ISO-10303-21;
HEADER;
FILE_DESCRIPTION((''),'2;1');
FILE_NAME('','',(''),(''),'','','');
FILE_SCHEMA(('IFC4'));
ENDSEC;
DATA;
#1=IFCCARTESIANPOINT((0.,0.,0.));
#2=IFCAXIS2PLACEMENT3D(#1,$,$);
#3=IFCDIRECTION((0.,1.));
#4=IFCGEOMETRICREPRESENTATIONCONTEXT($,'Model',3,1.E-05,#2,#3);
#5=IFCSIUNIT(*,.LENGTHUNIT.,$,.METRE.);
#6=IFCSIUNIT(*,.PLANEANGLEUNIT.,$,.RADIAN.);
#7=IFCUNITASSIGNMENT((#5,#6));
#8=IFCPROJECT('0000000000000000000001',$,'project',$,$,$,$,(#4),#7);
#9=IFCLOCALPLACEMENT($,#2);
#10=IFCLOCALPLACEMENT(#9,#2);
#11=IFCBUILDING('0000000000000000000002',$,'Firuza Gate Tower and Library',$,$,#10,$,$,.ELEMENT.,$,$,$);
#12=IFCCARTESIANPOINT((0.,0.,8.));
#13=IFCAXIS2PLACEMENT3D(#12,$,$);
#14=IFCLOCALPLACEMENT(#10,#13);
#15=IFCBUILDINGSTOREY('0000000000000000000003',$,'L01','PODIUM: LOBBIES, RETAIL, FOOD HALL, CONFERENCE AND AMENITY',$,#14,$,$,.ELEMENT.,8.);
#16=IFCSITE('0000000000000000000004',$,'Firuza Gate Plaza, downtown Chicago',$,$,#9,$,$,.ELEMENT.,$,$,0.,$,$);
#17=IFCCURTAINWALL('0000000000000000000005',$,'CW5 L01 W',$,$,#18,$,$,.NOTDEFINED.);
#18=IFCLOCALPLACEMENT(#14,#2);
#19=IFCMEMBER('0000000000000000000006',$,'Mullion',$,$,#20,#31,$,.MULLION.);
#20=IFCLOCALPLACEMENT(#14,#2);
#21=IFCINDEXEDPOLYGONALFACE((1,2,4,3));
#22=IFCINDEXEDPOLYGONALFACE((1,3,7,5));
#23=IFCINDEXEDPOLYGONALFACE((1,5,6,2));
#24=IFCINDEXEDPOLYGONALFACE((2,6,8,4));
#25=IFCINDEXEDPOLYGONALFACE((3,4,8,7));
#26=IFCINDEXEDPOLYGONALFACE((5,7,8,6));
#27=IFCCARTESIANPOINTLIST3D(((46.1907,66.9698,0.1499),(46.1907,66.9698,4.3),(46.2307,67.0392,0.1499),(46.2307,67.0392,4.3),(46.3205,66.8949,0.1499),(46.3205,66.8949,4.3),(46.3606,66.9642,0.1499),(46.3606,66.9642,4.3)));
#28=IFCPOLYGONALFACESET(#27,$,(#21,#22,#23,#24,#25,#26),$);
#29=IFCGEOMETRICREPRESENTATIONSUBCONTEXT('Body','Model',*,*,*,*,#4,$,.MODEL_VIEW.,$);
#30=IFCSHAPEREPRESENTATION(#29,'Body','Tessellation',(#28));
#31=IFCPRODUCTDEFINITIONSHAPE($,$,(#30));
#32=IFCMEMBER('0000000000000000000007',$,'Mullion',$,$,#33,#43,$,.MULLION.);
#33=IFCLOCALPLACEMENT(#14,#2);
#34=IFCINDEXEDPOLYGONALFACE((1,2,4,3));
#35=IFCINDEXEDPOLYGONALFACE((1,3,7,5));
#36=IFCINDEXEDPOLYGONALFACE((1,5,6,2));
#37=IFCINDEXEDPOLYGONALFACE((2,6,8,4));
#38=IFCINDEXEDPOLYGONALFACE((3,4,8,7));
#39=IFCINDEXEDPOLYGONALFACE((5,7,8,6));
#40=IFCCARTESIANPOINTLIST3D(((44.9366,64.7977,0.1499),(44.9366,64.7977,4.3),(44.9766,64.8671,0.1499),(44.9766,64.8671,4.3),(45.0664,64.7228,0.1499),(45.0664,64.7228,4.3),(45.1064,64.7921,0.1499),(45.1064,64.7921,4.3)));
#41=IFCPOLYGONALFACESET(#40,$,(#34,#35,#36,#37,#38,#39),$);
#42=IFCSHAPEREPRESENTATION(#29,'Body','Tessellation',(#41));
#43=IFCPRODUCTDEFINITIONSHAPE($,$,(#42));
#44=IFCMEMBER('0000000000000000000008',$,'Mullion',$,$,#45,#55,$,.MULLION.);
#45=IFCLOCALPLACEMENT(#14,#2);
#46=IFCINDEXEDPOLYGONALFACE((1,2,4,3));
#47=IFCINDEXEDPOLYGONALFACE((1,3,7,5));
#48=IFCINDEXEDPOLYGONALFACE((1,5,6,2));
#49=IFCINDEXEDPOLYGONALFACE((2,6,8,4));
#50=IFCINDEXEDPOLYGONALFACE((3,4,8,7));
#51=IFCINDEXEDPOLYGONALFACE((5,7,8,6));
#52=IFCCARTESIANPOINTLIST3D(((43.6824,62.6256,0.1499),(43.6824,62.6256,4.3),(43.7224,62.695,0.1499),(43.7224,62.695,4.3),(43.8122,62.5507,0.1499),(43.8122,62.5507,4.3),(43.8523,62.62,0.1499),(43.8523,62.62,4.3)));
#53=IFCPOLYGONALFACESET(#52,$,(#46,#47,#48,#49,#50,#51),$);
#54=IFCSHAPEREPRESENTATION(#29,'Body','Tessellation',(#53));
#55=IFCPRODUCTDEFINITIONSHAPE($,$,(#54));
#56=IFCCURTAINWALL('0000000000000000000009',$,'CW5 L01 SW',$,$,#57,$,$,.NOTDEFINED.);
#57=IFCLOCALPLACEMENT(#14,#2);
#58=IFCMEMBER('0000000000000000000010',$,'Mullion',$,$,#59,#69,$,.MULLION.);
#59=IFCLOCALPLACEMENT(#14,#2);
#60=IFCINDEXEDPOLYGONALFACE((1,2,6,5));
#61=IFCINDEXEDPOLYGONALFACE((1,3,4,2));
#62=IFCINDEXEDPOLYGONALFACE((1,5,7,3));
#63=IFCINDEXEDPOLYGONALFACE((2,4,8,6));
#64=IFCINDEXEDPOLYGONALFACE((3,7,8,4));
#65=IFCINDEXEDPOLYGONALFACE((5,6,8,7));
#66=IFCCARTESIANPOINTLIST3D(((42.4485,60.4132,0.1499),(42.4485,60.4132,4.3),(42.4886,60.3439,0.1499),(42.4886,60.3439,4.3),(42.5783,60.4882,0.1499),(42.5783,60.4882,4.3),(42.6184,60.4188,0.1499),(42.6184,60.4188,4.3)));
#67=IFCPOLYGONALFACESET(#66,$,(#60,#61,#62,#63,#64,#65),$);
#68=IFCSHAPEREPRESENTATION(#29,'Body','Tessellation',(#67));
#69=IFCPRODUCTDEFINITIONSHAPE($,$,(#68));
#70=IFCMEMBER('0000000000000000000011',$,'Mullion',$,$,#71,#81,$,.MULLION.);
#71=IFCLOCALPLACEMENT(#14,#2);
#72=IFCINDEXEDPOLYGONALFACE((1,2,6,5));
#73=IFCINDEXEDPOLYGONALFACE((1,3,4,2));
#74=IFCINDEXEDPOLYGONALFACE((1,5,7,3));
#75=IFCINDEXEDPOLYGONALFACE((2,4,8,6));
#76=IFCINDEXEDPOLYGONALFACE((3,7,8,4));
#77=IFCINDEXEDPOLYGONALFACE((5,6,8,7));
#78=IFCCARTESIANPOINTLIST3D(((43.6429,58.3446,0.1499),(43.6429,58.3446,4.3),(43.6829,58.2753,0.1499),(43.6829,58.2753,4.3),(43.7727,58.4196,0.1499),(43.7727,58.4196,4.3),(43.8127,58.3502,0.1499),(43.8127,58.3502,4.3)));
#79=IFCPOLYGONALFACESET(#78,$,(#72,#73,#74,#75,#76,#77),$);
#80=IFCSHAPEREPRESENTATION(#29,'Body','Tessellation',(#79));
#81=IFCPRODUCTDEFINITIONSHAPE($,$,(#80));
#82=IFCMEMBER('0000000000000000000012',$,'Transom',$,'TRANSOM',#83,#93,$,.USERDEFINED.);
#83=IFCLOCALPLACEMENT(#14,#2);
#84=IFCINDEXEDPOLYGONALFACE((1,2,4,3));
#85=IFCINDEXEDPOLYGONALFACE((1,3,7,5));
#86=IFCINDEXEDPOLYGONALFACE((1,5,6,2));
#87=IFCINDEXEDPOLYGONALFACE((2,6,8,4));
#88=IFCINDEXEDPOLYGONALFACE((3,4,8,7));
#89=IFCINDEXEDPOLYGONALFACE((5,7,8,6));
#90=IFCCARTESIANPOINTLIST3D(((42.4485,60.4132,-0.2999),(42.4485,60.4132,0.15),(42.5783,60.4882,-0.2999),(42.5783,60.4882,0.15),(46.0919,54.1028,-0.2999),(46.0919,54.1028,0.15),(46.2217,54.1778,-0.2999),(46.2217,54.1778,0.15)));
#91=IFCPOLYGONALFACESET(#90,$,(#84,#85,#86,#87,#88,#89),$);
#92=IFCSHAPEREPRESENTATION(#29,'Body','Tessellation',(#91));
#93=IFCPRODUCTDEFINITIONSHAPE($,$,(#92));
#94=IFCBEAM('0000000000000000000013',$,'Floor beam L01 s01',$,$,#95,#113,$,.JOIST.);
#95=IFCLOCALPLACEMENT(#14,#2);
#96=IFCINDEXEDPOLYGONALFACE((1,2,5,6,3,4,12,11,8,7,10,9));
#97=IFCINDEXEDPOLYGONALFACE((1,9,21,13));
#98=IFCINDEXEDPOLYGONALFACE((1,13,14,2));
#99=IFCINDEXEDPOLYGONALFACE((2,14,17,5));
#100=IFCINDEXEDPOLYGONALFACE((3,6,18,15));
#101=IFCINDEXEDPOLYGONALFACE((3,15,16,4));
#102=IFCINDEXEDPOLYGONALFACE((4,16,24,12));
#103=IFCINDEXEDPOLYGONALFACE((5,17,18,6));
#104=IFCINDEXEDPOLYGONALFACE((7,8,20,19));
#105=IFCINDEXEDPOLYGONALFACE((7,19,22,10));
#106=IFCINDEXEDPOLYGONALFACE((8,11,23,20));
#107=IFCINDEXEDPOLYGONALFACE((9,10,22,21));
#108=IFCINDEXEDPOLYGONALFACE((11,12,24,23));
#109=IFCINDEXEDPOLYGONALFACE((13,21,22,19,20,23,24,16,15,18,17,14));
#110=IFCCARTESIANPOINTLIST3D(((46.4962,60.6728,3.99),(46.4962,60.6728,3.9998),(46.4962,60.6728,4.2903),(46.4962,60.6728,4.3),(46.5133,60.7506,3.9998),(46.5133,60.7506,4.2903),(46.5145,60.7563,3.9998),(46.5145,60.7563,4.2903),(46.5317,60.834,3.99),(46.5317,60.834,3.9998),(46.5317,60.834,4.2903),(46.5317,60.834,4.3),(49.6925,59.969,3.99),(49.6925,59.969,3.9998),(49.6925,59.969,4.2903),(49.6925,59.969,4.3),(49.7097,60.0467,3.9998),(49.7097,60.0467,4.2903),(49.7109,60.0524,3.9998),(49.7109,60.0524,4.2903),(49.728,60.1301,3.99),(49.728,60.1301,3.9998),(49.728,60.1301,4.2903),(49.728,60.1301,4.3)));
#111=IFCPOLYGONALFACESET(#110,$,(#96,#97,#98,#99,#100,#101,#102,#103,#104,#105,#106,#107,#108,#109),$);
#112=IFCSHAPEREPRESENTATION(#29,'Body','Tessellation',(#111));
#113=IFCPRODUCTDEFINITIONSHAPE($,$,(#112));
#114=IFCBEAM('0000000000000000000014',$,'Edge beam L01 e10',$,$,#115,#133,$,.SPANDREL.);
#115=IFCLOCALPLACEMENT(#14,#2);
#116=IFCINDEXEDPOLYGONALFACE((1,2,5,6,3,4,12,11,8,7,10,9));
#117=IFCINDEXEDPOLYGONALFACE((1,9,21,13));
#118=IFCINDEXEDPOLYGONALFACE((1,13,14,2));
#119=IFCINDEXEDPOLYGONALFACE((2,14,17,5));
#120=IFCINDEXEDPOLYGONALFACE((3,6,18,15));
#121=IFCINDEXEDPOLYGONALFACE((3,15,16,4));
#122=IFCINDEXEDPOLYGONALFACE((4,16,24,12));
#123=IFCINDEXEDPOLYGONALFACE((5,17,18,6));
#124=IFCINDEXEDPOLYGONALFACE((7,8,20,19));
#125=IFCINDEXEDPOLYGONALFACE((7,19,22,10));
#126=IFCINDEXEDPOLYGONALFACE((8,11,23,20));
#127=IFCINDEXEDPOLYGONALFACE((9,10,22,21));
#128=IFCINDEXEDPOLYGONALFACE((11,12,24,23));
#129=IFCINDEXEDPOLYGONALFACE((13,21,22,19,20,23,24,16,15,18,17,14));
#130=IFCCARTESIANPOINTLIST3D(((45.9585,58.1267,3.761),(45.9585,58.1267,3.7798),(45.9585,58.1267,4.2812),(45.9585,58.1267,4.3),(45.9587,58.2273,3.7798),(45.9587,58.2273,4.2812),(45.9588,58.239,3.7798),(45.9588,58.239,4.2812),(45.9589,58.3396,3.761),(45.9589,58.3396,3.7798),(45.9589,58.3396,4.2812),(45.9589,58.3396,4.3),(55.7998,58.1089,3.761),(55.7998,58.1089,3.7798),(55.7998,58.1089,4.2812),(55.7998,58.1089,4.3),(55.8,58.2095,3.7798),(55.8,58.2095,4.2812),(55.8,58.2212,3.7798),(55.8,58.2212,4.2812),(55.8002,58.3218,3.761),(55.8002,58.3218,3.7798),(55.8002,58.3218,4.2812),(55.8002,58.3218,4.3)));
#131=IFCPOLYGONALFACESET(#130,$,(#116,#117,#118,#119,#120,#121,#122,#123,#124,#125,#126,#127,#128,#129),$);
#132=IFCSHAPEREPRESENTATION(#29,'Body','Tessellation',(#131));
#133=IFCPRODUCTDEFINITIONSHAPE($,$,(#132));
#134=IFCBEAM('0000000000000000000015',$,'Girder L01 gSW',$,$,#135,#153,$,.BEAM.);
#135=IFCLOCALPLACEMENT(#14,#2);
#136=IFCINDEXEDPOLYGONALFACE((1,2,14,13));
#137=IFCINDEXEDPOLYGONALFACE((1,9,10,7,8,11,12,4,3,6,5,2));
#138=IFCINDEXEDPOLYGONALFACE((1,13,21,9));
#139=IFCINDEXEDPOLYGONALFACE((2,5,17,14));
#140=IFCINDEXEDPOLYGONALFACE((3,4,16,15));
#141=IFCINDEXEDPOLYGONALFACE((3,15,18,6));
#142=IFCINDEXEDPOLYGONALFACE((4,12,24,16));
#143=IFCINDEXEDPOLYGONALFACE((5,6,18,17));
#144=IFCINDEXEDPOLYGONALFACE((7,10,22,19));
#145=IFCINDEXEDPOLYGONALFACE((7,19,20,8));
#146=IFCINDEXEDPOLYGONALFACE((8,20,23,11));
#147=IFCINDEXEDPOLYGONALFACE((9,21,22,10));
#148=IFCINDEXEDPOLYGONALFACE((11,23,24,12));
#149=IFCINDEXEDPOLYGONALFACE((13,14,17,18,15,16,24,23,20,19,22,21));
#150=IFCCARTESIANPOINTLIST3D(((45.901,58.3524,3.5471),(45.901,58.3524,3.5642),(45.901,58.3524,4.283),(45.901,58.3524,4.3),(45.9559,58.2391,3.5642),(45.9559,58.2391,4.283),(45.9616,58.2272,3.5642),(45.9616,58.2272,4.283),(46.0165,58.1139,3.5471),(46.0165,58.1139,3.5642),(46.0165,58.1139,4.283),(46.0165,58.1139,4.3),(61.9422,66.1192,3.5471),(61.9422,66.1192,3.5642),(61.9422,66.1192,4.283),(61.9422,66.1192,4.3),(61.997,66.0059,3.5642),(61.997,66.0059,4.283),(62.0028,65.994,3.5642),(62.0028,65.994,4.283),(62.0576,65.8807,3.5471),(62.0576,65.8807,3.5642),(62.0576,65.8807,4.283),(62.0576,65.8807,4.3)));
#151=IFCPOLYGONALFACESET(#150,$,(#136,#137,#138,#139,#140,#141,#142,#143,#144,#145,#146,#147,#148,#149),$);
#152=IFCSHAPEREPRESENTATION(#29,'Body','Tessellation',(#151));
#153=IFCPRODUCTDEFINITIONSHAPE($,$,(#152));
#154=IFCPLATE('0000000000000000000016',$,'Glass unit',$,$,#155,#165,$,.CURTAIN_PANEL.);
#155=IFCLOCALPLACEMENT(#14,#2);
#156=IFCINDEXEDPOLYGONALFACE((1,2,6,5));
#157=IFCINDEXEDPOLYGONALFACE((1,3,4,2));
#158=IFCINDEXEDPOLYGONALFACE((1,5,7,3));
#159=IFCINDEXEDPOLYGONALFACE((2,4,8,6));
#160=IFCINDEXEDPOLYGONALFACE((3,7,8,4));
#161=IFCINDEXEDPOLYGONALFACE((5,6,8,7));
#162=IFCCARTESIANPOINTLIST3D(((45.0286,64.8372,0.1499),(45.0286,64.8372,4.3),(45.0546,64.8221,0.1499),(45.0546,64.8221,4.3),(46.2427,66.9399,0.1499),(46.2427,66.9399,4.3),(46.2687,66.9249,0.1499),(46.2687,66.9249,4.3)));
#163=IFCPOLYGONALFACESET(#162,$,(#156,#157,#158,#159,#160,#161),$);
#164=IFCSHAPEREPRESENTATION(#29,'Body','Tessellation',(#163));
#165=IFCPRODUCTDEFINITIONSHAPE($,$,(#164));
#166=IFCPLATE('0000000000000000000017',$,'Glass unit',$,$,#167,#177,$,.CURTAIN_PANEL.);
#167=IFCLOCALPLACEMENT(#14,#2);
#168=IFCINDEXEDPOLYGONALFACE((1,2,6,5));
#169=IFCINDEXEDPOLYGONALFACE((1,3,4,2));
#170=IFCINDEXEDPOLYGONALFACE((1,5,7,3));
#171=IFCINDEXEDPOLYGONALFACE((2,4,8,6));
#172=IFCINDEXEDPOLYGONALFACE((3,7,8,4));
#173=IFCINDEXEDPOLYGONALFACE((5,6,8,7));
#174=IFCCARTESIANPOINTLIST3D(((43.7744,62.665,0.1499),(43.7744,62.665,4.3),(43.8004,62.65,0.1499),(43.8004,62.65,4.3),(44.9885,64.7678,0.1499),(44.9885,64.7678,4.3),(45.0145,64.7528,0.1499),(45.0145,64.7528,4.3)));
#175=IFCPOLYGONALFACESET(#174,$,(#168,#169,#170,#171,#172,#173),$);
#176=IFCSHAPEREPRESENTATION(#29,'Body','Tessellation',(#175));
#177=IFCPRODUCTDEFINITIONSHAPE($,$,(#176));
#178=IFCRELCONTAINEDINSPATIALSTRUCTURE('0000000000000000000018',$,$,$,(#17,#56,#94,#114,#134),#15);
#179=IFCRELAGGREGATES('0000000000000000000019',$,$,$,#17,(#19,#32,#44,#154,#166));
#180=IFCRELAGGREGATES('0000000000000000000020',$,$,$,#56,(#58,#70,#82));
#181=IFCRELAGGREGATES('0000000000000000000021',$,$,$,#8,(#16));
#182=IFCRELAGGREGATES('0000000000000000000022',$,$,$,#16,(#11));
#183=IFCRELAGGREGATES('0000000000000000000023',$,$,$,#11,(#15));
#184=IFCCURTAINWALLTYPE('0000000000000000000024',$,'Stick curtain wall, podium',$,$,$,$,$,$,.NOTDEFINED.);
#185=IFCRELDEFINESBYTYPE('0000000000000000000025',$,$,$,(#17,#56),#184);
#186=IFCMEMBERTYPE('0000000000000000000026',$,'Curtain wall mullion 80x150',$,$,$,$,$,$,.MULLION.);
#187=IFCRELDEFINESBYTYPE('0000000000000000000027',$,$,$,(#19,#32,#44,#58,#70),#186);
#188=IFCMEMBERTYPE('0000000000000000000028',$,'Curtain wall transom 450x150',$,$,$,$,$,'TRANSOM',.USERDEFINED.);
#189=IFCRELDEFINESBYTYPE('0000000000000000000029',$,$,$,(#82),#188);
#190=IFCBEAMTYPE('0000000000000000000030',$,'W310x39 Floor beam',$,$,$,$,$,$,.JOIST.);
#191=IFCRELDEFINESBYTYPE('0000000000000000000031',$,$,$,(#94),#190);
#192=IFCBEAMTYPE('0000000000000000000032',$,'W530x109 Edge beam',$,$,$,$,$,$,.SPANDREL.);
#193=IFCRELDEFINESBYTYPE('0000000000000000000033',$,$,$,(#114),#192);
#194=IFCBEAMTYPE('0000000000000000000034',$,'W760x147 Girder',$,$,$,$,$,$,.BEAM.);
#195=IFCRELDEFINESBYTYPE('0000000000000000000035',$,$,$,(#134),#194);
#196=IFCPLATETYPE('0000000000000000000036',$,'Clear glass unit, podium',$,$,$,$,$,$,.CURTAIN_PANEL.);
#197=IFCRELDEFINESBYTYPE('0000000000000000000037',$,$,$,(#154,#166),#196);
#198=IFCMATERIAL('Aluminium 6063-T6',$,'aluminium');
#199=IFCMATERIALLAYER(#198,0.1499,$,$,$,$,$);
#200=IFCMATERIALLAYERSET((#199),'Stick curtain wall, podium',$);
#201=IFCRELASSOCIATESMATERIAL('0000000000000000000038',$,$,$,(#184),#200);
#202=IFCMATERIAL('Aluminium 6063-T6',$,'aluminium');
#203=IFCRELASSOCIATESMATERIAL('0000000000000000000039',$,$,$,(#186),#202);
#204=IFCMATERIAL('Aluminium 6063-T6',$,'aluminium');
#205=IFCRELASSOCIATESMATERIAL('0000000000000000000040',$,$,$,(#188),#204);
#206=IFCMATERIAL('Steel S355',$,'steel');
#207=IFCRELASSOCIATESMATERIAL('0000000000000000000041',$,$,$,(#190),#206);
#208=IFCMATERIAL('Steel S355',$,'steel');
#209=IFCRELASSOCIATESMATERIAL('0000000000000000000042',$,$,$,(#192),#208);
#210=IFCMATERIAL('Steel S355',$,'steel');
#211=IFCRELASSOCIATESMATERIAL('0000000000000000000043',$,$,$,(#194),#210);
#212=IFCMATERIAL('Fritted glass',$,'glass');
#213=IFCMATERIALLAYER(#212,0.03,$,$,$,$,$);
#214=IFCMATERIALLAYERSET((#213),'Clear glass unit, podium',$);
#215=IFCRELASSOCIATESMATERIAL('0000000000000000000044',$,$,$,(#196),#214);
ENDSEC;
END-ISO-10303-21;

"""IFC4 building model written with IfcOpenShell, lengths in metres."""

from ifc_helpers import new_model, si_unit, direction, frame, origin, origin_2d, place, context, subcontext, project, spatial, polyline, rectangle, i_section, outline, extrude, material, layer, layer_set, material_profile, profile_set, type_object, element, aggregate, save


model = new_model("IFC4")

# Units and contexts
model_context = context("Model", 3, precision=1e-05, world=origin(), true_north=direction((0.0, 1.0)))
body_context = subcontext(model_context, "Body", "Model", "MODEL_VIEW")
ifc_project = project(units=[si_unit("LENGTHUNIT", "METRE"), si_unit("PLANEANGLEUNIT", "RADIAN")], contexts=[model_context])

# Site, building, storey
site_placement = place(None, origin())
site = spatial("IfcSite", under=ifc_project, at=site_placement, Name="Firuza Gate Plaza, downtown Chicago", CompositionType="ELEMENT", RefElevation=0.0)
building_placement = place(site_placement, origin())
building = spatial("IfcBuilding", under=site, at=building_placement, Name="Firuza Gate Tower and Library", CompositionType="ELEMENT")
storey_placement = place(building_placement, frame((0.0, 0.0, 8.0)))
storey = spatial("IfcBuildingStorey", under=building, at=storey_placement, Name="L01", Description="PODIUM: LOBBIES, RETAIL, FOOD HALL, CONFERENCE AND AMENITY", CompositionType="ELEMENT", Elevation=8.0)

# Curtain walls, members
ifc_material_1 = material(Name="Aluminium 6063-T6", Category="aluminium")
ifc_layer_1 = layer(ifc_material_1, 0.1499)
ifc_layer_set_1 = layer_set([ifc_layer_1], Name="Stick curtain wall, podium")
curtain_wall_type = type_object("IfcCurtainWallType", Name="Stick curtain wall, podium", PredefinedType="NOTDEFINED", material=ifc_layer_set_1)
placement = place(storey_placement, origin())
curtain_wall_1 = element("IfcCurtainWall", 1, at=placement, inside=storey, type_object=curtain_wall_type, Name="CW5 L01 W", PredefinedType="NOTDEFINED")
ifc_material_2 = material(Name="Aluminium 6063-T6", Category="aluminium")
ifc_material_profile_1 = material_profile(ifc_material_2, rectangle(XDim=0.1499, YDim=0.0801, at=origin_2d()))
ifc_profile_set_1 = profile_set([ifc_material_profile_1], Name="Aluminium 6063-T6")
member_type_1 = type_object("IfcMemberType", Name="Curtain wall mullion 80x150", PredefinedType="MULLION", material=ifc_profile_set_1)
member_1_placement = place(storey_placement, frame((46.2756, 66.967, 0.1499), z_axis=(0.0, 0.0, 1.0), x_axis=(0.866025, -0.5, 0.0)))
member_1 = element("IfcMember", 2, at=member_1_placement, type_object=member_type_1, Name="Mullion", PredefinedType="MULLION", context=body_context, shape_type="SweptSolid", body=[
    extrude(rectangle(XDim=0.1499, YDim=0.0801, at=origin_2d()), origin(), (0.0, 0.0, 1.0), 4.1501),
])
member_2_placement = place(storey_placement, frame((45.0215, 64.7949, 0.1499), z_axis=(0.0, 0.0, 1.0), x_axis=(0.866025, -0.5, 0.0)))
member_2 = element("IfcMember", 3, at=member_2_placement, type_object=member_type_1, Name="Mullion", PredefinedType="MULLION", context=body_context, shape_type="SweptSolid", body=[
    extrude(rectangle(XDim=0.1499, YDim=0.0801, at=origin_2d()), origin(), (0.0, 0.0, 1.0), 4.1501),
])
member_3_placement = place(storey_placement, frame((43.7673, 62.6228, 0.1499), z_axis=(0.0, 0.0, 1.0), x_axis=(0.866025, -0.5, 0.0)))
member_3 = element("IfcMember", 4, at=member_3_placement, type_object=member_type_1, Name="Mullion", PredefinedType="MULLION", context=body_context, shape_type="SweptSolid", body=[
    extrude(rectangle(XDim=0.1499, YDim=0.0801, at=origin_2d()), origin(), (0.0, 0.0, 1.0), 4.1501),
])
curtain_wall_2 = element("IfcCurtainWall", 5, at=placement, inside=storey, type_object=curtain_wall_type, Name="CW5 L01 SW", PredefinedType="NOTDEFINED")
member_4_placement = place(storey_placement, frame((42.5334, 60.416, 0.1499), z_axis=(0.0, 0.0, 1.0), x_axis=(0.866025, 0.5, 0.0)))
member_4 = element("IfcMember", 6, at=member_4_placement, type_object=member_type_1, Name="Mullion", PredefinedType="MULLION", context=body_context, shape_type="SweptSolid", body=[
    extrude(rectangle(XDim=0.1499, YDim=0.0801, at=origin_2d()), origin(), (0.0, 0.0, 1.0), 4.1501),
])
member_5_placement = place(storey_placement, frame((43.7278, 58.3474, 0.1499), z_axis=(0.0, 0.0, 1.0), x_axis=(0.866025, 0.5, 0.0)))
member_5 = element("IfcMember", 7, at=member_5_placement, type_object=member_type_1, Name="Mullion", PredefinedType="MULLION", context=body_context, shape_type="SweptSolid", body=[
    extrude(rectangle(XDim=0.1499, YDim=0.0801, at=origin_2d()), origin(), (0.0, 0.0, 1.0), 4.1501),
])
ifc_material_3 = material(Name="Aluminium 6063-T6", Category="aluminium")
ifc_material_profile_2 = material_profile(ifc_material_3, rectangle(XDim=0.1499, YDim=0.45, at=origin_2d()))
ifc_profile_set_2 = profile_set([ifc_material_profile_2], Name="Aluminium 6063-T6")
member_type_2 = type_object("IfcMemberType", Name="Curtain wall transom 450x150", ElementType="TRANSOM", PredefinedType="USERDEFINED", material=ifc_profile_set_2)
member_6_placement = place(storey_placement, frame((42.5134, 60.4507, -0.075), z_axis=(0.500006, -0.866022, 0.0), x_axis=(0.866022, 0.500006, 0.0)))
member_6 = element("IfcMember", 8, at=member_6_placement, type_object=member_type_2, Name="Transom", ObjectType="TRANSOM", PredefinedType="USERDEFINED", context=body_context, shape_type="SweptSolid", body=[
    extrude(rectangle(XDim=0.1499, YDim=0.45, at=origin_2d()), origin(), (0.0, 0.0, 1.0), 7.2866),
])

# Beams
ifc_material_4 = material(Name="Steel S355", Category="steel")
ifc_material_profile_3 = material_profile(ifc_material_4, i_section(OverallWidth=0.165, OverallDepth=0.3101, WebThickness=0.0059, FlangeThickness=0.0098, at=origin_2d()))
ifc_profile_set_3 = profile_set([ifc_material_profile_3], Name="Steel S355")
beam_type_1 = type_object("IfcBeamType", Name="W310x39 Floor beam", PredefinedType="JOIST", material=ifc_profile_set_3)
beam_1_placement = place(storey_placement, frame((46.5139, 60.7534, 4.145), z_axis=(0.976601, -0.215058, 0.0), x_axis=(0.215058, 0.976601, 0.0)))
element("IfcBeam", 9, at=beam_1_placement, inside=storey, type_object=beam_type_1, Name="Floor beam L01 s01", PredefinedType="JOIST", context=body_context, shape_type="SweptSolid", body=[
    extrude(i_section(OverallWidth=0.165, OverallDepth=0.3101, WebThickness=0.0059, FlangeThickness=0.0098, at=origin_2d()), origin(), (0.0, 0.0, 1.0), 3.2729),
])
ifc_material_5 = material(Name="Steel S355", Category="steel")
ifc_material_profile_4 = material_profile(ifc_material_5, i_section(OverallWidth=0.2129, OverallDepth=0.5391, WebThickness=0.0117, FlangeThickness=0.0188, at=origin_2d()))
ifc_profile_set_4 = profile_set([ifc_material_profile_4], Name="Steel S355")
beam_type_2 = type_object("IfcBeamType", Name="W530x109 Edge beam", PredefinedType="SPANDREL", material=ifc_profile_set_4)
beam_2_placement = place(storey_placement, frame((45.9587, 58.2332, 4.0305), z_axis=(0.999998, -0.001811, 0.0), x_axis=(0.001811, 0.999998, 0.0)))
element("IfcBeam", 10, at=beam_2_placement, inside=storey, type_object=beam_type_2, Name="Edge beam L01 e10", PredefinedType="SPANDREL", context=body_context, shape_type="SweptSolid", body=[
    extrude(i_section(OverallWidth=0.2129, OverallDepth=0.5391, WebThickness=0.0117, FlangeThickness=0.0188, at=origin_2d()), origin(), (0.0, 0.0, 1.0), 9.8413),
])
ifc_material_6 = material(Name="Steel S355", Category="steel")
ifc_material_profile_5 = material_profile(ifc_material_6, i_section(OverallWidth=0.2649, OverallDepth=0.7529, WebThickness=0.0132, FlangeThickness=0.0171, at=origin_2d()))
ifc_profile_set_5 = profile_set([ifc_material_profile_5], Name="Steel S355")
beam_type_3 = type_object("IfcBeamType", Name="W760x147 Girder", PredefinedType="BEAM", material=ifc_profile_set_5)
beam_3_placement = place(storey_placement, frame((45.9587, 58.2332, 3.9236), z_axis=(0.90005, 0.435786, 0.0), x_axis=(-0.435786, 0.90005, 0.0)))
element("IfcBeam", 11, at=beam_3_placement, inside=storey, type_object=beam_type_3, Name="Girder L01 gSW", PredefinedType="BEAM", context=body_context, shape_type="SweptSolid", body=[
    extrude(i_section(OverallWidth=0.2649, OverallDepth=0.7529, WebThickness=0.0132, FlangeThickness=0.0171, at=origin_2d()), origin(), (0.0, 0.0, 1.0), 17.8225),
])

# Plates
ifc_material_7 = material(Name="Fritted glass", Category="glass")
ifc_layer_2 = layer(ifc_material_7, 0.03)
ifc_layer_set_2 = layer_set([ifc_layer_2], Name="Clear glass unit, podium")
plate_type = type_object("IfcPlateType", Name="Clear glass unit, podium", PredefinedType="CURTAIN_PANEL", material=ifc_layer_set_2)
plate_1_placement = place(storey_placement, frame((46.2427, 66.9399, 0.1499), z_axis=(-0.866013, 0.500021, 0.0), x_axis=(-0.500021, -0.866013, 0.0)))
plate_1 = element("IfcPlate", 12, at=plate_1_placement, type_object=plate_type, Name="Glass unit", PredefinedType="CURTAIN_PANEL", context=body_context, shape_type="SweptSolid", body=[
    extrude(outline(polyline([(0.0, 0.0), (2.4281, 0.0), (2.4281, 4.1501), (0.0, 4.1501), (0.0, 0.0)])), origin(), (0.0, 0.0, -1.0), 0.03),
])
plate_2_placement = place(storey_placement, frame((44.9885, 64.7678, 0.1499), z_axis=(-0.866013, 0.500021, 0.0), x_axis=(-0.500021, -0.866013, 0.0)))
plate_2 = element("IfcPlate", 13, at=plate_2_placement, type_object=plate_type, Name="Glass unit", PredefinedType="CURTAIN_PANEL", context=body_context, shape_type="SweptSolid", body=[
    extrude(outline(polyline([(0.0, 0.0), (2.4281, 0.0), (2.4281, 4.1501), (0.0, 4.1501), (0.0, 0.0)])), origin(), (0.0, 0.0, -1.0), 0.03),
])
aggregate(curtain_wall_1, [member_1, member_2, member_3, plate_1, plate_2])
aggregate(curtain_wall_2, [member_4, member_5, member_6])

save(model, "model.ifc")
